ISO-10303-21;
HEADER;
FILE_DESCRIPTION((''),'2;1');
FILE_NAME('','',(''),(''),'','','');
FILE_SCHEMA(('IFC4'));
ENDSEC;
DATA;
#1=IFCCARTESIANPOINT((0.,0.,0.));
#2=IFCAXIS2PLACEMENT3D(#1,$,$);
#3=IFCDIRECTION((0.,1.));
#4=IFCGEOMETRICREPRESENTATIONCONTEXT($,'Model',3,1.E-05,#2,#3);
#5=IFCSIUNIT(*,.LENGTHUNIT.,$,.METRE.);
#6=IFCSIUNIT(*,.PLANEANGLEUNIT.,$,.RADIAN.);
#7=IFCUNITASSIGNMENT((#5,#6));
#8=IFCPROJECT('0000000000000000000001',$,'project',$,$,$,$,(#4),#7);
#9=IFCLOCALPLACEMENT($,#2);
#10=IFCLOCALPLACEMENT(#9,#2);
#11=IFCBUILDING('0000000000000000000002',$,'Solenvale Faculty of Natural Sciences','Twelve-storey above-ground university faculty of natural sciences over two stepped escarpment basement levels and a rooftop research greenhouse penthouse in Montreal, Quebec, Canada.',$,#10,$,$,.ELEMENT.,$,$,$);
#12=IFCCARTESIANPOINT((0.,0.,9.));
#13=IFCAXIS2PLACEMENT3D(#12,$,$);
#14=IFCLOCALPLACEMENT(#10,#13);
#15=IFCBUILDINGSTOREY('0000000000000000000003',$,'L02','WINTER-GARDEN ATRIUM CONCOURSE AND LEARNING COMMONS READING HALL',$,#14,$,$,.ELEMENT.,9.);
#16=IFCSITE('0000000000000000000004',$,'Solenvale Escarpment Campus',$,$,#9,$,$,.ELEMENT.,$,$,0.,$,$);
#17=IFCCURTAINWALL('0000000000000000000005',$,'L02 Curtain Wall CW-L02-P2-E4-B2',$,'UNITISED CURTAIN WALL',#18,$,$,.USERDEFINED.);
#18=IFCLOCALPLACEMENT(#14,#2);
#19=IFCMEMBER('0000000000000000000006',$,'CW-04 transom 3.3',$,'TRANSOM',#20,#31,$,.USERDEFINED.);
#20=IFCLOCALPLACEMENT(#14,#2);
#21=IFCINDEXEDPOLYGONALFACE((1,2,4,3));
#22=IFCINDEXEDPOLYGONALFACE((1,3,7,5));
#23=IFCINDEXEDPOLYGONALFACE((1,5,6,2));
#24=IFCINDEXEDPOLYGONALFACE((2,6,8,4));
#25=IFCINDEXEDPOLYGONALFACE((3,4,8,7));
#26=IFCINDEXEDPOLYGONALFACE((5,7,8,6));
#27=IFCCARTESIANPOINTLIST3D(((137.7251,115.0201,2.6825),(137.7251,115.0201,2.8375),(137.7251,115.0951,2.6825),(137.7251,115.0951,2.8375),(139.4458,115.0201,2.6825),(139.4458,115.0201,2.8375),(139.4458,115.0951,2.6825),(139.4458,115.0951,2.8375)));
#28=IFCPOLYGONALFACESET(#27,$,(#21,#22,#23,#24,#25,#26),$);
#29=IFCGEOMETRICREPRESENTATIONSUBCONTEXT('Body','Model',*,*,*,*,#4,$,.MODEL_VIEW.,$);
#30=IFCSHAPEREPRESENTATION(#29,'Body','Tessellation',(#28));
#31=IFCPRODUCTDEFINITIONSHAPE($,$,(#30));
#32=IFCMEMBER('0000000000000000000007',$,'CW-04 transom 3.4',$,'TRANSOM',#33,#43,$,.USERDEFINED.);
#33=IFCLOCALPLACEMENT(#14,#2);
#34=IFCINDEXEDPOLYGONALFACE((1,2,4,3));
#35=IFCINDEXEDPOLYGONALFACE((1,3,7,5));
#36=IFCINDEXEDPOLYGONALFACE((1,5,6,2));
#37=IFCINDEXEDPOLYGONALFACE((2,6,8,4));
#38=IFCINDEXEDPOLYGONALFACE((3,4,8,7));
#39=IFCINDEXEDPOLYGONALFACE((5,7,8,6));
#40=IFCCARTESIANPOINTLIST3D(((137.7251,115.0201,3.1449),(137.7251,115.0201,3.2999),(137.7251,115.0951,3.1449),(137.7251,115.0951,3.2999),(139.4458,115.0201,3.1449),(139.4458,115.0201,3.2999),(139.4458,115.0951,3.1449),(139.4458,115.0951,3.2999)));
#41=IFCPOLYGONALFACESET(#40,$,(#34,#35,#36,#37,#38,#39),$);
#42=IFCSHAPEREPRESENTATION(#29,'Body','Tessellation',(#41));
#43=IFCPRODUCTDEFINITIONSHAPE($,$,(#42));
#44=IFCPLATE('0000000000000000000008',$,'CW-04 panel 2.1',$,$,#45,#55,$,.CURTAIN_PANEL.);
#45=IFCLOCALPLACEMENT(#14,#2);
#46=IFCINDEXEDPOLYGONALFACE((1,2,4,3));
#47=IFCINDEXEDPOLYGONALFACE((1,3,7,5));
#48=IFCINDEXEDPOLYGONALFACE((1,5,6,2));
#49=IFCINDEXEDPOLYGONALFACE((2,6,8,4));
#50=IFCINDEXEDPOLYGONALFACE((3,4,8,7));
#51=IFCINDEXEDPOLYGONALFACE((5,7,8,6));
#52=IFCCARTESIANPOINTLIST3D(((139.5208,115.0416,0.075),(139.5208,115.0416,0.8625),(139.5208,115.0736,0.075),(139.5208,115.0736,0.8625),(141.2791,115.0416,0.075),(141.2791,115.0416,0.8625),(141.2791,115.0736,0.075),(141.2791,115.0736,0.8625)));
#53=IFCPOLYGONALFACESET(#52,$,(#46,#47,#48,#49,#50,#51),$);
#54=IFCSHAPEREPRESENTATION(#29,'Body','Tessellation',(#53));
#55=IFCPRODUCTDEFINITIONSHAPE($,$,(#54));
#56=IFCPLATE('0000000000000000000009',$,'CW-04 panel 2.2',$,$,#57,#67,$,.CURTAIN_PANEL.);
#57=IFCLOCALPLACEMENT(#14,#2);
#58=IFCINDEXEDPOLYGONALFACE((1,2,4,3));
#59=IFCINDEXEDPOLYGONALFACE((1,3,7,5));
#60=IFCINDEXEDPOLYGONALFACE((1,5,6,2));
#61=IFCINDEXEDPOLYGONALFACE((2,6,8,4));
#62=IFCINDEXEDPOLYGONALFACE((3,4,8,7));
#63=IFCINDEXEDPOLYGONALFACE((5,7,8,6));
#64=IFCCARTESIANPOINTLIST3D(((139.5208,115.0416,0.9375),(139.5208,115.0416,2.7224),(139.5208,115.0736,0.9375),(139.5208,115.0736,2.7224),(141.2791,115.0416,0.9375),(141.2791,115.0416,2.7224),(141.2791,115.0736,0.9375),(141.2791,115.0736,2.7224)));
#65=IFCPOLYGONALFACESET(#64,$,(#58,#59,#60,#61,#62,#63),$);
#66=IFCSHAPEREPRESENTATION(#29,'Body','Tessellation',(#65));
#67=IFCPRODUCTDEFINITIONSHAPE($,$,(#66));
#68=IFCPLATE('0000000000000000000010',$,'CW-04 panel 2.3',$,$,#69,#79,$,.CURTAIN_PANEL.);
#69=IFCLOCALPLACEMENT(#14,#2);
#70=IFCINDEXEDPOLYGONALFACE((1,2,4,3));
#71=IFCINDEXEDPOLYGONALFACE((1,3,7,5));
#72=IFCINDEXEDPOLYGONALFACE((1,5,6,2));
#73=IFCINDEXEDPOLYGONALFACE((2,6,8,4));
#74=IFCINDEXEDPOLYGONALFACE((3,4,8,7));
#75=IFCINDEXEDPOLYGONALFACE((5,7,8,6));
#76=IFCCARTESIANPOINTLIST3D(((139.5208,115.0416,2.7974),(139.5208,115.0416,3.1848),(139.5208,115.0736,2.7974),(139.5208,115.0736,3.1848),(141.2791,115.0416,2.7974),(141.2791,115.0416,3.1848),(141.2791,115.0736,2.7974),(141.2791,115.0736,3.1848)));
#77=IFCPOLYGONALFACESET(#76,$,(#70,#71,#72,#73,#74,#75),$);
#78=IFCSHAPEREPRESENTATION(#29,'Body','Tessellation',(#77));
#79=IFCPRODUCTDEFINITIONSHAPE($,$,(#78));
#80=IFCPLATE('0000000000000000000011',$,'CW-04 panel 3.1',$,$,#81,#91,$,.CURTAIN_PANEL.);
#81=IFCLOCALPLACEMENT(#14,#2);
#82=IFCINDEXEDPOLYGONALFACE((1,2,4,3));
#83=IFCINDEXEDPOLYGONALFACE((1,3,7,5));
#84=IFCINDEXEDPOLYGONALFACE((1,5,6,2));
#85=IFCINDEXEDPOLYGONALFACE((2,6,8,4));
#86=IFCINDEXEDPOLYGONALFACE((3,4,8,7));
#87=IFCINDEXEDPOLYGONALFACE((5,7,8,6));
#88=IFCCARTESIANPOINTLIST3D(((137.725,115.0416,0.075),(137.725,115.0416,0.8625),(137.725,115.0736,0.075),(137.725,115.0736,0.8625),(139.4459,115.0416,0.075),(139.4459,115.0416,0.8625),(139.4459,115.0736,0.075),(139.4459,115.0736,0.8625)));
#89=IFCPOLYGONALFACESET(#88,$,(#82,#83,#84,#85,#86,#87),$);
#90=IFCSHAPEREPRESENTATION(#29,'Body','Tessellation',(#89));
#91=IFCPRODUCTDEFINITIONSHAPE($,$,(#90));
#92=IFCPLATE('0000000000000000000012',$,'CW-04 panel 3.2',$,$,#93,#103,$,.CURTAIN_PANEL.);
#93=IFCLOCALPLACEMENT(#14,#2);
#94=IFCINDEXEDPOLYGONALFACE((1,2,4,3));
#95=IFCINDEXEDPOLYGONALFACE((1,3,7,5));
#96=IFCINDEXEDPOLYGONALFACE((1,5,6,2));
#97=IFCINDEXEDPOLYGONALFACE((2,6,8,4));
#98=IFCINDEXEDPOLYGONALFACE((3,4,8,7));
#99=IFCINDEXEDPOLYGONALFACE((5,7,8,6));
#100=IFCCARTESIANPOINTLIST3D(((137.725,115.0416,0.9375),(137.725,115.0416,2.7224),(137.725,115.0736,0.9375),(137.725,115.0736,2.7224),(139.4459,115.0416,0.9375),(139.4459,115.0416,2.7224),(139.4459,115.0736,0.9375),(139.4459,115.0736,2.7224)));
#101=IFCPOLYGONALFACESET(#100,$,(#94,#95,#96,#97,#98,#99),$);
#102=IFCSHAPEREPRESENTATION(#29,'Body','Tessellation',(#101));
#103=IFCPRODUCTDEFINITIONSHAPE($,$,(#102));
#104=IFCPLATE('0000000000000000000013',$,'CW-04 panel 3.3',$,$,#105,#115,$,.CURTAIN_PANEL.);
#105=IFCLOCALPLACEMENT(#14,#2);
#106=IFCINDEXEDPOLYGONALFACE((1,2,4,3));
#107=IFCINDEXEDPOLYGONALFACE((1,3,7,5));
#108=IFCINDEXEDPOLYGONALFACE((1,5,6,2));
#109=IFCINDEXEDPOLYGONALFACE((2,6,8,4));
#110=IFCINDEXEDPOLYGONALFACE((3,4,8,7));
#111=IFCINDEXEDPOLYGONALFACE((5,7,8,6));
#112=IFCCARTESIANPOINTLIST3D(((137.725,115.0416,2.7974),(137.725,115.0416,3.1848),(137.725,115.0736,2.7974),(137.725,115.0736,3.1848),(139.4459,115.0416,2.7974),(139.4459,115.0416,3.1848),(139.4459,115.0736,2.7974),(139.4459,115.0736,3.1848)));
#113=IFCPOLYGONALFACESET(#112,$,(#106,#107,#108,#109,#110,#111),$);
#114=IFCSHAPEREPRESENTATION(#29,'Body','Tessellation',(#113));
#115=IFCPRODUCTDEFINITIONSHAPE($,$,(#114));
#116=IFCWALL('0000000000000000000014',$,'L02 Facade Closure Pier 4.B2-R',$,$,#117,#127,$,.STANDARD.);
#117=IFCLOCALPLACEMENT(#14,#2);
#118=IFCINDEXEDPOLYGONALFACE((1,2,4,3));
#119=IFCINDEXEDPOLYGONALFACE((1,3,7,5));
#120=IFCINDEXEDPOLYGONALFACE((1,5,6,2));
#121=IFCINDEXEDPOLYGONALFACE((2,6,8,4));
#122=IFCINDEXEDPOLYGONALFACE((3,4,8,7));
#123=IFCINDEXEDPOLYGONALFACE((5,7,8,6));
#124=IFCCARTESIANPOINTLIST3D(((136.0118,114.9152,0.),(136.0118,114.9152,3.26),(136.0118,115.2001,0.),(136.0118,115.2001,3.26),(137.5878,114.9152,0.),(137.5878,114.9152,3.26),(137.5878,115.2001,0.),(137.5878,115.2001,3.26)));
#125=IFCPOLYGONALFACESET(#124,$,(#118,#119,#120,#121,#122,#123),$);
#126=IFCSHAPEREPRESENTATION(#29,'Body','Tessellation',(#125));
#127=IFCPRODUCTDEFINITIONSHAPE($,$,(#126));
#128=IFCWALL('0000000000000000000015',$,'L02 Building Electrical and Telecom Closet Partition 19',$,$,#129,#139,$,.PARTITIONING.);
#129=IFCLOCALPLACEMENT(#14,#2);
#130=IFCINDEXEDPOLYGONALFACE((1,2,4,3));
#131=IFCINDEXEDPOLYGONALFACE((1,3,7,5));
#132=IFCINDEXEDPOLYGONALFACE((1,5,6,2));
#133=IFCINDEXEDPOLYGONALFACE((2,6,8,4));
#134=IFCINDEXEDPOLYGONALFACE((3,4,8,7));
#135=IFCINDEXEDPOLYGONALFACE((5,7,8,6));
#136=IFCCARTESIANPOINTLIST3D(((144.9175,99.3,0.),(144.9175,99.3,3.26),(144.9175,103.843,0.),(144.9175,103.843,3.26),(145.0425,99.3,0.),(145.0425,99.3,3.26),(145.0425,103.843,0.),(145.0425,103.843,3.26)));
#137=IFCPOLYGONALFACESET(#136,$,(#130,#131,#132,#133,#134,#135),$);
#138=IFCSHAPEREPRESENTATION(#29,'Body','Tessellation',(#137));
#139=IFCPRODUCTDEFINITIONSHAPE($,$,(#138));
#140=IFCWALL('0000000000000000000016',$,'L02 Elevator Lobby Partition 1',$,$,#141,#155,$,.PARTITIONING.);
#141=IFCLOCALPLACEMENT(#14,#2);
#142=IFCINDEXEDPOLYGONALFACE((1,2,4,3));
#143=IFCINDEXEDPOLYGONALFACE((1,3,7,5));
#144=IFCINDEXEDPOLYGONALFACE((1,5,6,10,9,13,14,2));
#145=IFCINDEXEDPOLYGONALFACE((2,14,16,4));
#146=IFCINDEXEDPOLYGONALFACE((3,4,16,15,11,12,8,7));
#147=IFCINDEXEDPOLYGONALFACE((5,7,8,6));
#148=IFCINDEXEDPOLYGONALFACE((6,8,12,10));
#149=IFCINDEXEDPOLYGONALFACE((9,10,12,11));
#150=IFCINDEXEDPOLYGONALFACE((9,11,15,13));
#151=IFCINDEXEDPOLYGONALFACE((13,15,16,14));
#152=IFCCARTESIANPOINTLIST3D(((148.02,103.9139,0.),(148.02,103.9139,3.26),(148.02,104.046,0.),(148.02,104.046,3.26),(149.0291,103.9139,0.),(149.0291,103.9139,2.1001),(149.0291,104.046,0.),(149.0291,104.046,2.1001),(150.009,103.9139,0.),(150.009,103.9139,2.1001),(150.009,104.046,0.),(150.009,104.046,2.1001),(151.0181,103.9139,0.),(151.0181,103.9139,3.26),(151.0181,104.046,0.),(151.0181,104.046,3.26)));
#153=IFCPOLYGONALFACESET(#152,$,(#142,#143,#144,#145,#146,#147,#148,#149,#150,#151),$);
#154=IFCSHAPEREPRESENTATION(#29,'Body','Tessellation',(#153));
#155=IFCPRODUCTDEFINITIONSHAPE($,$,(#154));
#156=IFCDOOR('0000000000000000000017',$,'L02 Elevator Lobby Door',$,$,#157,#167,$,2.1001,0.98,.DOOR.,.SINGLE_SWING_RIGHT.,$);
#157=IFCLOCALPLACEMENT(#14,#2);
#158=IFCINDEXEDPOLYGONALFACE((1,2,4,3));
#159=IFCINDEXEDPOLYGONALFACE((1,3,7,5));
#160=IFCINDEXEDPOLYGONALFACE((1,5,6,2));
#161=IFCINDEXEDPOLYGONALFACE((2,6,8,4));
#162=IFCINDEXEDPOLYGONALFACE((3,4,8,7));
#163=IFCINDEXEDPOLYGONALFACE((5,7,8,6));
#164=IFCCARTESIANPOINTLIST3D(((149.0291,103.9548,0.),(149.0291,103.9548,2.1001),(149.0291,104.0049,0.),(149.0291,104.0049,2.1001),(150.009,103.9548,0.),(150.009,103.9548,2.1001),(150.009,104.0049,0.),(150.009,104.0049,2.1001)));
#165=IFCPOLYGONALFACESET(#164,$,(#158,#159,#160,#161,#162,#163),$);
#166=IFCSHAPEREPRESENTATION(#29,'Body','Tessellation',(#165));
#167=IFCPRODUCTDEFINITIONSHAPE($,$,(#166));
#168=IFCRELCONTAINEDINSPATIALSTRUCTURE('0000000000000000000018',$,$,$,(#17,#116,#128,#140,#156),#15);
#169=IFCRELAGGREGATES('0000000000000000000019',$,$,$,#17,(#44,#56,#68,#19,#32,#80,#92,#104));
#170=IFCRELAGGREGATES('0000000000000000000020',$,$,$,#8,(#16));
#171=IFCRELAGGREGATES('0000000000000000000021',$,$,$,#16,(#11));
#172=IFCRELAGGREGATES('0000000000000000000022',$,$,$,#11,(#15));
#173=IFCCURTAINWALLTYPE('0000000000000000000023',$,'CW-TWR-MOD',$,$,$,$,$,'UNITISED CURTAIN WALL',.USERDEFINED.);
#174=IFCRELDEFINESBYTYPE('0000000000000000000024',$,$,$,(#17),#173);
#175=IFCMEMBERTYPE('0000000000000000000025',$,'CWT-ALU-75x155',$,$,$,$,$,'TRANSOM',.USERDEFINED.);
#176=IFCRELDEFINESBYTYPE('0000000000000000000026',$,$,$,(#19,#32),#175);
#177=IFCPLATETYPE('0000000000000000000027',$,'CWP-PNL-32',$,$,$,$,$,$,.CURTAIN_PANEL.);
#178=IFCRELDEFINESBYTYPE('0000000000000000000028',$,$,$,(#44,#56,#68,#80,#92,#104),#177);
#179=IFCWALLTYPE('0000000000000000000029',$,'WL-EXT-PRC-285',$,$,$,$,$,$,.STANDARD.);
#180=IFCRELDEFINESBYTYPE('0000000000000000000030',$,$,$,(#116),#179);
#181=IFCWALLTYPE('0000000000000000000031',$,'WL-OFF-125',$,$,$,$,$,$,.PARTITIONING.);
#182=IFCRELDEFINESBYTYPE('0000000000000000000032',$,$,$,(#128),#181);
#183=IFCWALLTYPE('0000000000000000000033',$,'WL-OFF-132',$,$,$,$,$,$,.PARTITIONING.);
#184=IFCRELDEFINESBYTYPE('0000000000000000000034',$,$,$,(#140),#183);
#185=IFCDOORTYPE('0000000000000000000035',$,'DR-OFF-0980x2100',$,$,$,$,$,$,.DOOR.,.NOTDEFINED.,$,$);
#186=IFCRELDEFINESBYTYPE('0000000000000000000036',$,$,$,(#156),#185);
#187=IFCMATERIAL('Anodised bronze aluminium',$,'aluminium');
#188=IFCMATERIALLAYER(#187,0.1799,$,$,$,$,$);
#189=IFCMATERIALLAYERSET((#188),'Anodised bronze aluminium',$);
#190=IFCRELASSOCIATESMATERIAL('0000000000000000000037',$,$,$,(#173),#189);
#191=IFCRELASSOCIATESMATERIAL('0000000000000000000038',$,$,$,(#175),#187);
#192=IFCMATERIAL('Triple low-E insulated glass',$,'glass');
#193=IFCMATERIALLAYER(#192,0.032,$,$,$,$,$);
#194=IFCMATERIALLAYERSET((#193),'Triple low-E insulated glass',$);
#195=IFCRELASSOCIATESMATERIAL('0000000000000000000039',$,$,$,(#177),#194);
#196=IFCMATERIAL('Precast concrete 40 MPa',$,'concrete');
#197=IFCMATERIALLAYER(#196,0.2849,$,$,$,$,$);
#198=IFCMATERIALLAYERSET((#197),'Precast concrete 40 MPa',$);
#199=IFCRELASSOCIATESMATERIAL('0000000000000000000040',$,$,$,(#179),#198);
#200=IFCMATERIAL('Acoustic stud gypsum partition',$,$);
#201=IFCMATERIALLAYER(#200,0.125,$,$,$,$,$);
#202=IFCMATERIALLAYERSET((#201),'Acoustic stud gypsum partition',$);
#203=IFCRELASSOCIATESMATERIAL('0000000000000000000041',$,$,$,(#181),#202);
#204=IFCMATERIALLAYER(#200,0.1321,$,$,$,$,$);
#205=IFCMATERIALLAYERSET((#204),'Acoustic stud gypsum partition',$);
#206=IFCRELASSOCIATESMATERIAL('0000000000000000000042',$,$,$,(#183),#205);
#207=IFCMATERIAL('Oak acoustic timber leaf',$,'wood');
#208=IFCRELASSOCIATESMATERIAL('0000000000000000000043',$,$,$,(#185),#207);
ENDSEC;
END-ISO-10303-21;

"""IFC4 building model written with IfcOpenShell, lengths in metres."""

from ifc_helpers import new_model, si_unit, direction, frame, frame_2d, origin, origin_2d, place, context, subcontext, project, spatial, rectangle, extrude, material, layer, layer_set, material_profile, profile_set, type_object, element, fill, aggregate, save


model = new_model("IFC4")

# Units and contexts
model_context = context("Model", 3, precision=1e-05, world=origin(), true_north=direction((0.0, 1.0)))
body_context = subcontext(model_context, "Body", "Model", "MODEL_VIEW")
ifc_project = project(units=[si_unit("LENGTHUNIT", "METRE"), si_unit("PLANEANGLEUNIT", "RADIAN")], contexts=[model_context])

# Site, building, storey
site_placement = place(None, origin())
site = spatial("IfcSite", under=ifc_project, at=site_placement, Name="Solenvale Escarpment Campus", CompositionType="ELEMENT", RefElevation=0.0)
building_placement = place(site_placement, origin())
building = spatial("IfcBuilding", under=site, at=building_placement, Name="Solenvale Faculty of Natural Sciences", Description="Twelve-storey above-ground university faculty of natural sciences over two stepped escarpment basement levels and a rooftop research greenhouse penthouse in Montreal, Quebec, Canada.", CompositionType="ELEMENT")
storey_placement = place(building_placement, frame((0.0, 0.0, 9.0)))
storey = spatial("IfcBuildingStorey", under=building, at=storey_placement, Name="L02", Description="WINTER-GARDEN ATRIUM CONCOURSE AND LEARNING COMMONS READING HALL", CompositionType="ELEMENT", Elevation=9.0)

# Curtain wall, members, plates
ifc_material_1 = material(Name="Anodised bronze aluminium", Category="aluminium")
ifc_layer_1 = layer(ifc_material_1, 0.1799)
ifc_layer_set_1 = layer_set([ifc_layer_1], Name="Anodised bronze aluminium")
curtain_wall_type = type_object("IfcCurtainWallType", Name="CW-TWR-MOD", ElementType="UNITISED CURTAIN WALL", PredefinedType="USERDEFINED", material=ifc_layer_set_1)
curtain_wall_placement = place(storey_placement, origin())
curtain_wall = element("IfcCurtainWall", 1, at=curtain_wall_placement, inside=storey, type_object=curtain_wall_type, Name="L02 Curtain Wall CW-L02-P2-E4-B2", ObjectType="UNITISED CURTAIN WALL", PredefinedType="USERDEFINED")
ifc_material_profile_1 = material_profile(ifc_material_1, rectangle(XDim=0.075, YDim=0.155, at=origin_2d()), Name="ALU-TRN-75x155")
ifc_profile_set_1 = profile_set([ifc_material_profile_1], Name="Anodised bronze aluminium")
member_type_1 = type_object("IfcMemberType", Name="CWT-ALU-75x155", ElementType="TRANSOM", PredefinedType="USERDEFINED", material=ifc_profile_set_1)
member_1_placement = place(storey_placement, frame((139.4458, 115.0576, 2.76), z_axis=(-1.0, 0.0, 0.0), x_axis=(0.0, -1.0, 0.0)))
member_1 = element("IfcMember", 2, at=member_1_placement, type_object=member_type_1, Name="CW-04 transom 3.3", ObjectType="TRANSOM", PredefinedType="USERDEFINED", context=body_context, shape_type="SweptSolid", body=[
    extrude(rectangle(XDim=0.075, YDim=0.155, at=origin_2d()), origin(), (0.0, 0.0, 1.0), 1.7207),
])
member_2_placement = place(storey_placement, frame((139.4458, 115.0576, 3.2224), z_axis=(-1.0, 0.0, 0.0), x_axis=(0.0, -1.0, 0.0)))
member_2 = element("IfcMember", 3, at=member_2_placement, type_object=member_type_1, Name="CW-04 transom 3.4", ObjectType="TRANSOM", PredefinedType="USERDEFINED", context=body_context, shape_type="SweptSolid", body=[
    extrude(rectangle(XDim=0.075, YDim=0.155, at=origin_2d()), origin(), (0.0, 0.0, 1.0), 1.7207),
])
ifc_material_2 = material(Name="Triple low-E insulated glass", Category="glass")
ifc_layer_2 = layer(ifc_material_2, 0.032)
ifc_layer_set_2 = layer_set([ifc_layer_2], Name="Triple low-E insulated glass")
plate_type = type_object("IfcPlateType", Name="CWP-PNL-32", PredefinedType="CURTAIN_PANEL", material=ifc_layer_set_2)
plate_1_placement = place(storey_placement, frame((140.3999, 115.0576, 0.075), z_axis=(0.0, 0.0, 1.0), x_axis=(-1.0, 0.0, 0.0)))
plate_1 = element("IfcPlate", 4, at=plate_1_placement, type_object=plate_type, Name="CW-04 panel 2.1", PredefinedType="CURTAIN_PANEL", context=body_context, shape_type="SweptSolid", body=[
    extrude(rectangle(XDim=1.7583, YDim=0.032, at=origin_2d()), origin(), (0.0, 0.0, 1.0), 0.7876),
])
plate_2_placement = place(storey_placement, frame((140.3999, 115.0576, 0.9375), z_axis=(0.0, 0.0, 1.0), x_axis=(-1.0, 0.0, 0.0)))
plate_2 = element("IfcPlate", 5, at=plate_2_placement, type_object=plate_type, Name="CW-04 panel 2.2", PredefinedType="CURTAIN_PANEL", context=body_context, shape_type="SweptSolid", body=[
    extrude(rectangle(XDim=1.7583, YDim=0.032, at=origin_2d()), origin(), (0.0, 0.0, 1.0), 1.7849),
])
plate_3_placement = place(storey_placement, frame((140.3999, 115.0576, 2.7974), z_axis=(0.0, 0.0, 1.0), x_axis=(-1.0, 0.0, 0.0)))
plate_3 = element("IfcPlate", 6, at=plate_3_placement, type_object=plate_type, Name="CW-04 panel 2.3", PredefinedType="CURTAIN_PANEL", context=body_context, shape_type="SweptSolid", body=[
    extrude(rectangle(XDim=1.7583, YDim=0.032, at=origin_2d()), origin(), (0.0, 0.0, 1.0), 0.3875),
])
plate_4_placement = place(storey_placement, frame((138.5854, 115.0576, 0.075), z_axis=(0.0, 0.0, 1.0), x_axis=(-1.0, 0.0, 0.0)))
plate_4 = element("IfcPlate", 7, at=plate_4_placement, type_object=plate_type, Name="CW-04 panel 3.1", PredefinedType="CURTAIN_PANEL", context=body_context, shape_type="SweptSolid", body=[
    extrude(rectangle(XDim=1.7209, YDim=0.032, at=origin_2d()), origin(), (0.0, 0.0, 1.0), 0.7876),
])
plate_5_placement = place(storey_placement, frame((138.5854, 115.0576, 0.9375), z_axis=(0.0, 0.0, 1.0), x_axis=(-1.0, 0.0, 0.0)))
plate_5 = element("IfcPlate", 8, at=plate_5_placement, type_object=plate_type, Name="CW-04 panel 3.2", PredefinedType="CURTAIN_PANEL", context=body_context, shape_type="SweptSolid", body=[
    extrude(rectangle(XDim=1.7209, YDim=0.032, at=origin_2d()), origin(), (0.0, 0.0, 1.0), 1.7849),
])
plate_6_placement = place(storey_placement, frame((138.5854, 115.0576, 2.7974), z_axis=(0.0, 0.0, 1.0), x_axis=(-1.0, 0.0, 0.0)))
plate_6 = element("IfcPlate", 9, at=plate_6_placement, type_object=plate_type, Name="CW-04 panel 3.3", PredefinedType="CURTAIN_PANEL", context=body_context, shape_type="SweptSolid", body=[
    extrude(rectangle(XDim=1.7209, YDim=0.032, at=origin_2d()), origin(), (0.0, 0.0, 1.0), 0.3875),
])
aggregate(curtain_wall, [plate_1, plate_2, plate_3, member_1, member_2, plate_4, plate_5, plate_6])

# Walls
ifc_material_3 = material(Name="Precast concrete 40 MPa", Category="concrete")
ifc_layer_3 = layer(ifc_material_3, 0.2849)
ifc_layer_set_3 = layer_set([ifc_layer_3], Name="Precast concrete 40 MPa")
wall_type_1 = type_object("IfcWallType", Name="WL-EXT-PRC-285", PredefinedType="STANDARD", material=ifc_layer_set_3)
wall_1_placement = place(storey_placement, frame((137.5879, 115.0576, 0.0), z_axis=(0.0, 0.0, 1.0), x_axis=(-1.0, 0.0, 0.0)))
element("IfcWall", 10, at=wall_1_placement, inside=storey, type_object=wall_type_1, Name="L02 Facade Closure Pier 4.B2-R", PredefinedType="STANDARD", context=body_context, shape_type="SweptSolid", body=[
    extrude(rectangle(XDim=1.5759, YDim=0.2849, at=frame_2d((0.7881, 0.0))), origin(), (0.0, 0.0, 1.0), 3.26),
])
ifc_material_4 = material(Name="Acoustic stud gypsum partition")
ifc_layer_4 = layer(ifc_material_4, 0.125)
ifc_layer_set_4 = layer_set([ifc_layer_4], Name="Acoustic stud gypsum partition")
wall_type_2 = type_object("IfcWallType", Name="WL-OFF-125", PredefinedType="PARTITIONING", material=ifc_layer_set_4)
wall_2_placement = place(storey_placement, frame((144.98, 103.843, 0.0), z_axis=(0.0, 0.0, 1.0), x_axis=(0.0, -1.0, 0.0)))
element("IfcWall", 11, at=wall_2_placement, inside=storey, type_object=wall_type_2, Name="L02 Building Electrical and Telecom Closet Partition 19", PredefinedType="PARTITIONING", context=body_context, shape_type="SweptSolid", body=[
    extrude(rectangle(XDim=4.543, YDim=0.125, at=frame_2d((2.2715, 0.0))), origin(), (0.0, 0.0, 1.0), 3.26),
])

# Wall, opening, door
ifc_layer_5 = layer(ifc_material_4, 0.1321)
ifc_layer_set_5 = layer_set([ifc_layer_5], Name="Acoustic stud gypsum partition")
wall_type_3 = type_object("IfcWallType", Name="WL-OFF-132", PredefinedType="PARTITIONING", material=ifc_layer_set_5)
wall_3_placement = place(storey_placement, frame((148.02, 103.98, 0.0), z_axis=(0.0, 0.0, 1.0), x_axis=(1.0, 0.0, 0.0)))
wall_3 = element("IfcWall", 12, at=wall_3_placement, inside=storey, type_object=wall_type_3, Name="L02 Elevator Lobby Partition 1", PredefinedType="PARTITIONING", context=body_context, shape_type="SweptSolid", body=[
    extrude(rectangle(XDim=2.998, YDim=0.1321, at=frame_2d((1.499, 0.0))), origin(), (0.0, 0.0, 1.0), 3.26),
])
opening_placement = place(wall_3_placement, frame((1.009, 0.0, 0.0)))
opening = element("IfcOpeningElement", 13, at=opening_placement, cuts=wall_3, PredefinedType="OPENING", context=body_context, shape_type="SweptSolid", body=[
    extrude(rectangle(XDim=0.98, YDim=2.1001, at=frame_2d((0.49, 1.05))), frame((0.0, 0.0759, 0.0), z_axis=(0.0, -1.0, 0.0), x_axis=(1.0, 0.0, 0.0)), (0.0, 0.0, 1.0), 0.1521),
])
ifc_material_5 = material(Name="Oak acoustic timber leaf", Category="wood")
door_type = type_object("IfcDoorType", Name="DR-OFF-0980x2100", OperationType="NOTDEFINED", PredefinedType="DOOR", material=ifc_material_5)
door_placement = place(opening_placement, origin())
door = element("IfcDoor", 14, at=door_placement, inside=storey, type_object=door_type, Name="L02 Elevator Lobby Door", OperationType="SINGLE_SWING_RIGHT", OverallHeight=2.1001, OverallWidth=0.98, PredefinedType="DOOR", context=body_context, shape_type="SweptSolid", body=[
    extrude(rectangle(XDim=0.98, YDim=2.1001, at=frame_2d((0.49, 1.05))), frame((0.0, 0.0249, 0.0), z_axis=(0.0, -1.0, 0.0), x_axis=(1.0, 0.0, 0.0)), (0.0, 0.0, 1.0), 0.05),
])
fill(opening, door)

save(model, "model.ifc")
